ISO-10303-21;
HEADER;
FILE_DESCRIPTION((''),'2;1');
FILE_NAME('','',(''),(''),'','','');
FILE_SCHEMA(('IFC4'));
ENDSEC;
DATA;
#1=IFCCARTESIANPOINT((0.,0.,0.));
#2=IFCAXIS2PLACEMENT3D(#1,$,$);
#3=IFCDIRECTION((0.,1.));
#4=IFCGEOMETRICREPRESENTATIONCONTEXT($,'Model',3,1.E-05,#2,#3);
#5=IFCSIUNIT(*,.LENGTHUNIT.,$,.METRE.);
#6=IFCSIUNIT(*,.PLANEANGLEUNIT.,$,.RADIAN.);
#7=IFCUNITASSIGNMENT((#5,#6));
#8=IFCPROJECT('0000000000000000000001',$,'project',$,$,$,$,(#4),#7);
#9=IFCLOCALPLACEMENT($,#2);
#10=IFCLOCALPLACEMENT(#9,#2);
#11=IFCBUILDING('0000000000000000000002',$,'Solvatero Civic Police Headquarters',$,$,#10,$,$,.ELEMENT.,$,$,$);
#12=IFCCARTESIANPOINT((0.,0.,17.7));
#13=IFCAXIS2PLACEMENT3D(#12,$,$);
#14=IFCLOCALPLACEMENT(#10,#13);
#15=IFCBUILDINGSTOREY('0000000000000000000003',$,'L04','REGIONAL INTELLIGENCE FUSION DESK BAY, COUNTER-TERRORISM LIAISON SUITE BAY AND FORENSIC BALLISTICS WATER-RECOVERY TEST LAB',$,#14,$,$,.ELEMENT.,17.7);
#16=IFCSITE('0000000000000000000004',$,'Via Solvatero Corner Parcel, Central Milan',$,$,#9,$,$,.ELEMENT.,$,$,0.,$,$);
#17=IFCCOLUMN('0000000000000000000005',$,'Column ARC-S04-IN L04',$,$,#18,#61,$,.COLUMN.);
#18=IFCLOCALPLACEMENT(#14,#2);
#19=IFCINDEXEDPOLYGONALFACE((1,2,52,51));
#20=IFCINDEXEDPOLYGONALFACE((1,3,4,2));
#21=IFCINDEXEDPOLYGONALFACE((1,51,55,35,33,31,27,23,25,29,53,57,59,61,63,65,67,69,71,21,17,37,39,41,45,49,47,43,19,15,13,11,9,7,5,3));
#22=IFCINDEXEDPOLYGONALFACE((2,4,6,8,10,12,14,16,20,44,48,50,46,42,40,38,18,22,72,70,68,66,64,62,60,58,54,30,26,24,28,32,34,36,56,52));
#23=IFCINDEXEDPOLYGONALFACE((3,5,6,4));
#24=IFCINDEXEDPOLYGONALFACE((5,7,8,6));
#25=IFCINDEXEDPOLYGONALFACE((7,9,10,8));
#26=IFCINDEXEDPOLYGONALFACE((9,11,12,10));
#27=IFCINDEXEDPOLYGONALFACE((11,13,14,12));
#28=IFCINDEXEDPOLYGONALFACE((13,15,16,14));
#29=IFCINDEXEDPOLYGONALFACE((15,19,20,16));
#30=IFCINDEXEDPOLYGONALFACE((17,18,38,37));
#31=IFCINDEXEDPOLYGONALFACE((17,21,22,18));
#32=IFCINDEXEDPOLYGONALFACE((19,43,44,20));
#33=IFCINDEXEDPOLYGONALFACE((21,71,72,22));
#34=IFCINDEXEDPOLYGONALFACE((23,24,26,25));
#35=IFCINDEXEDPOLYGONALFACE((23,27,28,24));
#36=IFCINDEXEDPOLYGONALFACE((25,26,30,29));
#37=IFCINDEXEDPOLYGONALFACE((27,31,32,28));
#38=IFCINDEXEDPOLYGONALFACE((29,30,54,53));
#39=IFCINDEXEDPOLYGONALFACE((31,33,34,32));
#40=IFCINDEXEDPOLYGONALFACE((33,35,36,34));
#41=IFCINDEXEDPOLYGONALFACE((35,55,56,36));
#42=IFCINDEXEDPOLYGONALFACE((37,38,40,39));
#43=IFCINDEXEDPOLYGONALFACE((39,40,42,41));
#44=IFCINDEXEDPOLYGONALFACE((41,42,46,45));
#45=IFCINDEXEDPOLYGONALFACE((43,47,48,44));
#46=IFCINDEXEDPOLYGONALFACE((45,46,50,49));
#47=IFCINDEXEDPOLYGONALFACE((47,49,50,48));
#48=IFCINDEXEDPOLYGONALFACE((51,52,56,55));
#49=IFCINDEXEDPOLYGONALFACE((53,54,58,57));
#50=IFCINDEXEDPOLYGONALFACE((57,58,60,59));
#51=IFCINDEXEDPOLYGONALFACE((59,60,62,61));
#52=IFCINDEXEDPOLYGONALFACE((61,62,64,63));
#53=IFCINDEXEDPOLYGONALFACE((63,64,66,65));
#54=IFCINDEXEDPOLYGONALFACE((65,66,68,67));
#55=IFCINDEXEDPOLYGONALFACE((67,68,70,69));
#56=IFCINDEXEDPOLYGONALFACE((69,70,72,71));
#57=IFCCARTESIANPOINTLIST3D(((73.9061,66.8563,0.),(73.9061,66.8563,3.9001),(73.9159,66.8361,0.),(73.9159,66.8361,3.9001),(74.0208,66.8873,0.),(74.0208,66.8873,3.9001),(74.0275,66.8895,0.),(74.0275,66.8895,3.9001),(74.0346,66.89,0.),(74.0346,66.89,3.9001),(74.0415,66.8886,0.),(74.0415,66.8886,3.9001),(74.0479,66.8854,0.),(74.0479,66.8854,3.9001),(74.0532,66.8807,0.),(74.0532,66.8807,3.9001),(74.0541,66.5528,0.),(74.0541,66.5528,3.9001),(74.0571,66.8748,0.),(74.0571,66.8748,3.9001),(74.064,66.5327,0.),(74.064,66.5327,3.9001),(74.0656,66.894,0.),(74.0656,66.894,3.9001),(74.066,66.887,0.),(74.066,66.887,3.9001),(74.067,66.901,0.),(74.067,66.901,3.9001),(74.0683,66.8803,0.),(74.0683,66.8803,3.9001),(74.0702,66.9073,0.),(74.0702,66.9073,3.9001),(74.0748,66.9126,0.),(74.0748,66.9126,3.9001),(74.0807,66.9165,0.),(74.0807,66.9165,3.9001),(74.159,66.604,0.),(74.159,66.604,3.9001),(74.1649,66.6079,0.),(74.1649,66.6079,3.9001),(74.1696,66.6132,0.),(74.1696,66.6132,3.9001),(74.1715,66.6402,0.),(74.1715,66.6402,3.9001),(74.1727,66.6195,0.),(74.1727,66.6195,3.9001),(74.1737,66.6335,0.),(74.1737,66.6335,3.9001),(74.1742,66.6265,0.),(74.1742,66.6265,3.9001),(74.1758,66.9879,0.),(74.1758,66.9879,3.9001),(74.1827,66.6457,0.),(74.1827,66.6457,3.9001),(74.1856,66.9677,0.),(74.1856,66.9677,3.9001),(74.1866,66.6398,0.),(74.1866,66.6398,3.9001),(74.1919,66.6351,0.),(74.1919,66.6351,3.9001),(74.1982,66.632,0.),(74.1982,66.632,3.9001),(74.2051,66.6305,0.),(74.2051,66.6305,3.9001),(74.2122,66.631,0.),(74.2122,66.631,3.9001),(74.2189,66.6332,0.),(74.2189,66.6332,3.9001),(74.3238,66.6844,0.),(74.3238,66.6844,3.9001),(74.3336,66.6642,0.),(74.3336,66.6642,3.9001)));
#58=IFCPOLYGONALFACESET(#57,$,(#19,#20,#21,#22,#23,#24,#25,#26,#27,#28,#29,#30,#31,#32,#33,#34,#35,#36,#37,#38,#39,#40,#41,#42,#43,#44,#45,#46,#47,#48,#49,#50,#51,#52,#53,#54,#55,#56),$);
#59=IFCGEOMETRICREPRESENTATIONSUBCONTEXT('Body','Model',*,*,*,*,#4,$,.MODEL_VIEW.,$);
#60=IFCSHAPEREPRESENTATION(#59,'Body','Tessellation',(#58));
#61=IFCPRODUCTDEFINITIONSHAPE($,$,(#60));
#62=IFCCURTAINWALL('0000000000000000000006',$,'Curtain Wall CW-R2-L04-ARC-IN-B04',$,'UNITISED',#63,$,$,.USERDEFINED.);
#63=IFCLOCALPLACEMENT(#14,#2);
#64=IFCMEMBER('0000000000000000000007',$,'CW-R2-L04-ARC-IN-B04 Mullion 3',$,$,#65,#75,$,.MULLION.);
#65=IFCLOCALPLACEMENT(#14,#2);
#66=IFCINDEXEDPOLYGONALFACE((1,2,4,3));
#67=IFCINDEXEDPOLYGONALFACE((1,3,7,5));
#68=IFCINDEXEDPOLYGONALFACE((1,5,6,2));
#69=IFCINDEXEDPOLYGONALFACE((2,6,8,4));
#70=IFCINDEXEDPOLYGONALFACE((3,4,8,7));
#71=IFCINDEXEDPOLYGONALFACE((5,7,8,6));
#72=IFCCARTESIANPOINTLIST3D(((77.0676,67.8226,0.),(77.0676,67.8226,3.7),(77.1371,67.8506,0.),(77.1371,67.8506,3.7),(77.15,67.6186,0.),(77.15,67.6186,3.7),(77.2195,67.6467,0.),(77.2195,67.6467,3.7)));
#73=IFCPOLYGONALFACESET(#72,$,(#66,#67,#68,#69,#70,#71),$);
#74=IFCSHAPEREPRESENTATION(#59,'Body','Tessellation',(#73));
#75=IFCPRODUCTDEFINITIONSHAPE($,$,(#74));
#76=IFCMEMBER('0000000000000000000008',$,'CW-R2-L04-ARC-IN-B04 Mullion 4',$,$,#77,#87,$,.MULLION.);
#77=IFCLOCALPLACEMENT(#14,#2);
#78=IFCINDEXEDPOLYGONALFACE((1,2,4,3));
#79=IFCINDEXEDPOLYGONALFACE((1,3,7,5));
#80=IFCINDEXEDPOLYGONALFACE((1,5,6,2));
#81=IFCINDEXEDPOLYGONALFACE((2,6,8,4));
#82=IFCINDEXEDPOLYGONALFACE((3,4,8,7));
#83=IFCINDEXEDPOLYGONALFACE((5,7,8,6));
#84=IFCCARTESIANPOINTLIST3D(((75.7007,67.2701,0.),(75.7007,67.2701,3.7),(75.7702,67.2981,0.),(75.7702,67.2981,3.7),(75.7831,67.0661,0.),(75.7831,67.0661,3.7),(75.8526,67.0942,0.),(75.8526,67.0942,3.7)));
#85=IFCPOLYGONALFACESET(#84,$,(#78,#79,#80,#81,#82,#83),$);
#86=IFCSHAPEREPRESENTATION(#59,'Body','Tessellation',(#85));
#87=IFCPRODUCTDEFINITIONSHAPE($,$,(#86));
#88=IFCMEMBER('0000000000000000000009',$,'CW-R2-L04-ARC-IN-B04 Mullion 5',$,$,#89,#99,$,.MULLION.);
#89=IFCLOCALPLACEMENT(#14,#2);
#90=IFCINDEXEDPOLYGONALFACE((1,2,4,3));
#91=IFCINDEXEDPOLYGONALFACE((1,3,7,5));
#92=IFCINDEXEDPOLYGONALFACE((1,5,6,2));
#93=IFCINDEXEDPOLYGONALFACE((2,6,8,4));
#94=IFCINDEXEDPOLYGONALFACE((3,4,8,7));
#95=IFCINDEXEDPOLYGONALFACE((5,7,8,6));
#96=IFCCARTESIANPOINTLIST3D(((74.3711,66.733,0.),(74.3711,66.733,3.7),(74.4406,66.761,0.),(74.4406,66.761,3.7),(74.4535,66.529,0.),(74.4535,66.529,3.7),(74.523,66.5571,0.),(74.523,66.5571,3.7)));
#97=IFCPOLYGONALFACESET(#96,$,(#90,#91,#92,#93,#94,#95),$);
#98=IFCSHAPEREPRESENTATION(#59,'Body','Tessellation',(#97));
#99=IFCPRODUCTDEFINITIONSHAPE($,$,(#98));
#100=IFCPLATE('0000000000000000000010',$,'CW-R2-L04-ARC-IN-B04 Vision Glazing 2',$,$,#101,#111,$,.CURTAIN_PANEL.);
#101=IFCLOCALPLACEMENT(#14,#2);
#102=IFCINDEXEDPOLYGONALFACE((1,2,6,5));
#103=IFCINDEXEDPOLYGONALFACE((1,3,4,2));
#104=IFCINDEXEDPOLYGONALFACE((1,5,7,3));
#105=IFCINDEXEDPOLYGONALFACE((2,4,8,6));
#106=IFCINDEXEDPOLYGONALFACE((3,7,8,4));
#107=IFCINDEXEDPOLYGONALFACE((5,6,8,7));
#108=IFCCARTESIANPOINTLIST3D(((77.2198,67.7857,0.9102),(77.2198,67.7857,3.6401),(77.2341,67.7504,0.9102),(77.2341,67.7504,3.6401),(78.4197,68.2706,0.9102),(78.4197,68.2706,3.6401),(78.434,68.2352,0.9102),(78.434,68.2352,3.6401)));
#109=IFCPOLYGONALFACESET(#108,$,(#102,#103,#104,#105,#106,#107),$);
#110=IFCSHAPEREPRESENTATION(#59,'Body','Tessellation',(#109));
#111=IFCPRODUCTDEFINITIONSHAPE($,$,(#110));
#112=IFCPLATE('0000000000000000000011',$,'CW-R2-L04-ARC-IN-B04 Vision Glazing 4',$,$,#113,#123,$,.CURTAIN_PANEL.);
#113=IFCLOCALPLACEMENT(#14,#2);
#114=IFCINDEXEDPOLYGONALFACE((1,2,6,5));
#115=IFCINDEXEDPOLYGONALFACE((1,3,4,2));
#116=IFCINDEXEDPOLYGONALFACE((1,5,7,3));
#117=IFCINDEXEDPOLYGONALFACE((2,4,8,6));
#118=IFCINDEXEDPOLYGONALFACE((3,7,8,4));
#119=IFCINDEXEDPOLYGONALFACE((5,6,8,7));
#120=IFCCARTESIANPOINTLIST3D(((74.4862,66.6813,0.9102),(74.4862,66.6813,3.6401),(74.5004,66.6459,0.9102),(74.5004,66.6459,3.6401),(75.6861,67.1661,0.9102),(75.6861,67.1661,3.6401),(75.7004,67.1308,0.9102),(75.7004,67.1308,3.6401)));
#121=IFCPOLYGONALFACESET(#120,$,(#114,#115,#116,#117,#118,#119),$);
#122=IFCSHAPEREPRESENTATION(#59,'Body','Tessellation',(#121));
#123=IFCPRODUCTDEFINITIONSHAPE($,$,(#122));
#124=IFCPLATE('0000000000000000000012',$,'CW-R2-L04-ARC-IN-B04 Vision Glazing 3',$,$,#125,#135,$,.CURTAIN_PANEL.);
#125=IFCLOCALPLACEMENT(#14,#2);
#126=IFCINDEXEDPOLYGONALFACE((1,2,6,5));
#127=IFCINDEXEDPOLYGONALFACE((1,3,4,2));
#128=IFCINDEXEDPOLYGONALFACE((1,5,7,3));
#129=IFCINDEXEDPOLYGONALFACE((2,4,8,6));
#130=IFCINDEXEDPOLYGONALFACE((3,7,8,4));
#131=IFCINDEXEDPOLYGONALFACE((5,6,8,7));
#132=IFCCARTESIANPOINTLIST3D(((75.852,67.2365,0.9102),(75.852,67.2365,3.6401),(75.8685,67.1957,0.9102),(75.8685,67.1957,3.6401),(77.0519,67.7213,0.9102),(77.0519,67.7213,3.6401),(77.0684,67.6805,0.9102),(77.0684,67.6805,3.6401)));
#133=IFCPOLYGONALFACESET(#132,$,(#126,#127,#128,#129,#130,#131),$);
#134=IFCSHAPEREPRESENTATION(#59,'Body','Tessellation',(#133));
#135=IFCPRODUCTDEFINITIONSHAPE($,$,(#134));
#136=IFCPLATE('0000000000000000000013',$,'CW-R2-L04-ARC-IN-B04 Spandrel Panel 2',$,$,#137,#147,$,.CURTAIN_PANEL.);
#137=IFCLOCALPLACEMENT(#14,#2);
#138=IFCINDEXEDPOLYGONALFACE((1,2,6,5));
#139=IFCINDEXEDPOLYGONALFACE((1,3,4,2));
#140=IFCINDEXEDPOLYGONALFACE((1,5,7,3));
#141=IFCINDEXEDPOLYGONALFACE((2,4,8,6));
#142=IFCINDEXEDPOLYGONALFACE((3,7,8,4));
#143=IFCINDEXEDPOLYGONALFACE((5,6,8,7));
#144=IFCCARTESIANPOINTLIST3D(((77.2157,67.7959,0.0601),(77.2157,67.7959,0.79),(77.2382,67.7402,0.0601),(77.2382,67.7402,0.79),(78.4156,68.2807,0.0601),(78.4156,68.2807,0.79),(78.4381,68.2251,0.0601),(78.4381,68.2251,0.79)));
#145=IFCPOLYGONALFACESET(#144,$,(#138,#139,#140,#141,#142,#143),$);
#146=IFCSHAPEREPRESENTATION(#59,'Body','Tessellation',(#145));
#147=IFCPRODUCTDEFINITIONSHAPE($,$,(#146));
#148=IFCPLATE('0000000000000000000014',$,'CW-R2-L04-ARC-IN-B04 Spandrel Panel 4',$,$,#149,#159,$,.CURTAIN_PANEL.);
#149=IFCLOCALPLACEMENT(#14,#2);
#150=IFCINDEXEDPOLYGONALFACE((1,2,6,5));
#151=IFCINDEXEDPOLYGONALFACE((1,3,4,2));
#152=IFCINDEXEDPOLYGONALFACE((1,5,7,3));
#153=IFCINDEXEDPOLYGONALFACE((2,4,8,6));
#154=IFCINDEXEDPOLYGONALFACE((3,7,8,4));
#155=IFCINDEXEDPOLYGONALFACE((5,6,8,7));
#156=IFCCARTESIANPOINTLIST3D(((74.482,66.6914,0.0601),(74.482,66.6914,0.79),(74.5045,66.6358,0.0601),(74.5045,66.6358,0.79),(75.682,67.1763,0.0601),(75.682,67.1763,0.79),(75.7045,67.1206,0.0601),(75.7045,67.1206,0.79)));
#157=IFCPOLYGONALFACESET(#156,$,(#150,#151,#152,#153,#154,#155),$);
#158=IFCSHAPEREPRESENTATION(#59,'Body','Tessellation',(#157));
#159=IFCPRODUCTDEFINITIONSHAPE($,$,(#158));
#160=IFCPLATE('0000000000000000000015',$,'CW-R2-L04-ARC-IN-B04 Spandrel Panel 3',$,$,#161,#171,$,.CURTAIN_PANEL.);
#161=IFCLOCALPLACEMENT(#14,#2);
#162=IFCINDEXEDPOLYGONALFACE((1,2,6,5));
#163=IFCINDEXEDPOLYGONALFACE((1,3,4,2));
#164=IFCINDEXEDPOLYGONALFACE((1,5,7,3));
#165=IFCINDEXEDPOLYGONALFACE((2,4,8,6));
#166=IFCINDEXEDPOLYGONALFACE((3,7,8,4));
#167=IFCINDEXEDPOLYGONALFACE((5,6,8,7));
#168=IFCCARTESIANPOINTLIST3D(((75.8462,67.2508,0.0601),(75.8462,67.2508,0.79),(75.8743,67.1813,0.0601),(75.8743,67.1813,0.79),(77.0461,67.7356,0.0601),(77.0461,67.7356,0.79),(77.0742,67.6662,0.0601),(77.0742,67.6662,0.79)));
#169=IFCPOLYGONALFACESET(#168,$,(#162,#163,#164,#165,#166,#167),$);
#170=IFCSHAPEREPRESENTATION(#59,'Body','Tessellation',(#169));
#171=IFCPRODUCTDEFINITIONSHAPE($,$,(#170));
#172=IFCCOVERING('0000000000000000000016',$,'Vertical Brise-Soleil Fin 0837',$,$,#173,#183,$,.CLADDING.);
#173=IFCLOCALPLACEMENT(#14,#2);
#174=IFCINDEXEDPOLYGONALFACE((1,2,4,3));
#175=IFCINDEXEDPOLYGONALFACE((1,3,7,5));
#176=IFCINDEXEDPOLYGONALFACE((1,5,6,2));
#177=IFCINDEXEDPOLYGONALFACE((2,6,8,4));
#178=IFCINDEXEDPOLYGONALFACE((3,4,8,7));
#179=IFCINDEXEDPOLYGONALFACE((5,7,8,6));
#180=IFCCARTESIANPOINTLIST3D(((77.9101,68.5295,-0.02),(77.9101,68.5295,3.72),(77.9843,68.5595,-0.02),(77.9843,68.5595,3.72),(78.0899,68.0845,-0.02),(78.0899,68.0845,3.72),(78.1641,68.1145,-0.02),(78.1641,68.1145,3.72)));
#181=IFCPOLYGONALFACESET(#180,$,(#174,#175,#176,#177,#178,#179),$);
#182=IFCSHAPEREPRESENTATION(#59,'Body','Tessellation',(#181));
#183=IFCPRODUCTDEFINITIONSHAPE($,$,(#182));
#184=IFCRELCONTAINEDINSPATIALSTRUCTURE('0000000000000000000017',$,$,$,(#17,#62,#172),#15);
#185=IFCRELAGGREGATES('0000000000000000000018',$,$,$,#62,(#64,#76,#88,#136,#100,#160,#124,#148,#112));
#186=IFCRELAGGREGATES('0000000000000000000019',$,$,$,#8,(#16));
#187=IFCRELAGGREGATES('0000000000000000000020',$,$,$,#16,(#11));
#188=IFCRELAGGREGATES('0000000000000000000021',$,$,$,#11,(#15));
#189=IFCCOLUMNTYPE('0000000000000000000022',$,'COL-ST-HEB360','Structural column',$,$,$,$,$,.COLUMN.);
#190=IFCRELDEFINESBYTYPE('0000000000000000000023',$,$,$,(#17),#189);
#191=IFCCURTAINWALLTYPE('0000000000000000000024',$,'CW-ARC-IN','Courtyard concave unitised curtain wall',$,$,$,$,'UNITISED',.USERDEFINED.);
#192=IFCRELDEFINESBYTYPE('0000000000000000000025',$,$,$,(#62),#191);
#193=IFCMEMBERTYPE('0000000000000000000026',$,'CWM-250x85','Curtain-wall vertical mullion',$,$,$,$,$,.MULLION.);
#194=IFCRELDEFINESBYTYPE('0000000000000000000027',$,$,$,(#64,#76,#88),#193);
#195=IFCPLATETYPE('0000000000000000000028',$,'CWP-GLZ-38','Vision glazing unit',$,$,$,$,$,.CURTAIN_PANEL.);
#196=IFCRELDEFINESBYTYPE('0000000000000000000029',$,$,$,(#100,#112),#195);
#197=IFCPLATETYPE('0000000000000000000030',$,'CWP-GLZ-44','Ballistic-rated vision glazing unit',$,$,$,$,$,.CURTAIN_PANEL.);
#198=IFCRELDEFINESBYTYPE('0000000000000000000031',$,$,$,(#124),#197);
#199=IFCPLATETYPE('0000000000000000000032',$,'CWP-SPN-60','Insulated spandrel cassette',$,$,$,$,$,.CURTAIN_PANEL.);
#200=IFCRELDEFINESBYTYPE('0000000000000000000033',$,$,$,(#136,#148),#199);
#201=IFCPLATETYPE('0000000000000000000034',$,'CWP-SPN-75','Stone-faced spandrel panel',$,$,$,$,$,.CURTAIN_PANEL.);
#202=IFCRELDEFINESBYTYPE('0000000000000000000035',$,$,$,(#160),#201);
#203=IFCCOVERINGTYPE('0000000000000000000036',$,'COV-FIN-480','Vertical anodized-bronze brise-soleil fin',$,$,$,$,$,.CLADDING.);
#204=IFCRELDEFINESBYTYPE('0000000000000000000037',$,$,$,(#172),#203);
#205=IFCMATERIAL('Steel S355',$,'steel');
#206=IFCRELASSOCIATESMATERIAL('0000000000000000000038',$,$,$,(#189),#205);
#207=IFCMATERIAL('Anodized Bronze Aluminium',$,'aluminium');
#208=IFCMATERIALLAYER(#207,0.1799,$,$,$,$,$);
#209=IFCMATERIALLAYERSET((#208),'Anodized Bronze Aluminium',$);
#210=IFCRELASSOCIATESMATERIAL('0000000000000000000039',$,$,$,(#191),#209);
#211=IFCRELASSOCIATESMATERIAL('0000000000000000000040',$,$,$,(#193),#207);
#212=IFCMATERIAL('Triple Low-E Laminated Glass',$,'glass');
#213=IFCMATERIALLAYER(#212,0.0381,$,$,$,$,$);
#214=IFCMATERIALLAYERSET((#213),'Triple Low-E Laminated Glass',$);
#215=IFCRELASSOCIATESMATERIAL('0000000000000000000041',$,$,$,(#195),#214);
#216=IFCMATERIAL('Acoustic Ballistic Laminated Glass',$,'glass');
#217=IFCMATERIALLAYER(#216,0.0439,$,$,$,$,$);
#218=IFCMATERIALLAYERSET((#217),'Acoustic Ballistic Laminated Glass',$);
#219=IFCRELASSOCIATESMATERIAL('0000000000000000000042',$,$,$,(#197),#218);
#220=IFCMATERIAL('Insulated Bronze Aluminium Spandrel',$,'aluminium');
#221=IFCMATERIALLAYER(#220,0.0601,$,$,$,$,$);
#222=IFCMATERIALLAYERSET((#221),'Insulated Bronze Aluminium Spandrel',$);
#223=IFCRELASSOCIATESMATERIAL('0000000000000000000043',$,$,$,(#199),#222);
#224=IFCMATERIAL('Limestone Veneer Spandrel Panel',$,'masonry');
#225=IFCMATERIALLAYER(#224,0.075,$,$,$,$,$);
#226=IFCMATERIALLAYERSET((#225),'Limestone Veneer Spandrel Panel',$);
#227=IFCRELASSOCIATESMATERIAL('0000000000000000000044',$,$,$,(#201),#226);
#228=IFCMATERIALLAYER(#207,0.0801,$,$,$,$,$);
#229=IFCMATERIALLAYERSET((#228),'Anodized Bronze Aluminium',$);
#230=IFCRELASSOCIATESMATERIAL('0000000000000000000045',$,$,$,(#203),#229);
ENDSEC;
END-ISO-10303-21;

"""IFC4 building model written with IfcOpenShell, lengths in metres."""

from ifc_helpers import new_model, si_unit, direction, frame, origin, origin_2d, place, context, subcontext, project, spatial, rectangle, i_section, extrude, material, layer, layer_set, material_profile, profile_set, type_object, element, aggregate, save


model = new_model("IFC4")

# Units and contexts
model_context = context("Model", 3, precision=1e-05, world=origin(), true_north=direction((0.0, 1.0)))
body_context = subcontext(model_context, "Body", "Model", "MODEL_VIEW")
ifc_project = project(units=[si_unit("LENGTHUNIT", "METRE"), si_unit("PLANEANGLEUNIT", "RADIAN")], contexts=[model_context])

# Site, building, storey
site_placement = place(None, origin())
site = spatial("IfcSite", under=ifc_project, at=site_placement, Name="Via Solvatero Corner Parcel, Central Milan", CompositionType="ELEMENT", RefElevation=0.0)
building_placement = place(site_placement, origin())
building = spatial("IfcBuilding", under=site, at=building_placement, Name="Solvatero Civic Police Headquarters", CompositionType="ELEMENT")
storey_placement = place(building_placement, frame((0.0, 0.0, 17.7)))
storey = spatial("IfcBuildingStorey", under=building, at=storey_placement, Name="L04", Description="REGIONAL INTELLIGENCE FUSION DESK BAY, COUNTER-TERRORISM LIAISON SUITE BAY AND FORENSIC BALLISTICS WATER-RECOVERY TEST LAB", CompositionType="ELEMENT", Elevation=17.7)

# Column
ifc_material_1 = material(Name="Steel S355", Category="steel")
ifc_material_profile_1 = material_profile(ifc_material_1, i_section(OverallWidth=0.3, OverallDepth=0.3601, WebThickness=0.0125, FlangeThickness=0.0225, FilletRadius=0.0271, at=origin_2d()), Name="HEB 360")
ifc_profile_set_1 = profile_set([ifc_material_profile_1], Name="Steel S355")
column_type = type_object("IfcColumnType", Name="COL-ST-HEB360", Description="Structural column", PredefinedType="COLUMN", material=ifc_profile_set_1)
column_placement = place(storey_placement, frame((74.1199, 66.7603, 0.0), z_axis=(0.0, 0.0, 1.0), x_axis=(0.898794, 0.438371, 0.0)))
element("IfcColumn", 1, at=column_placement, inside=storey, type_object=column_type, Name="Column ARC-S04-IN L04", PredefinedType="COLUMN", context=body_context, shape_type="SweptSolid", body=[
    extrude(i_section(OverallWidth=0.3, OverallDepth=0.3601, WebThickness=0.0125, FlangeThickness=0.0225, FilletRadius=0.0271, at=origin_2d()), origin(), (0.0, 0.0, 1.0), 3.9001),
])

# Curtain wall, members, plates
ifc_material_2 = material(Name="Anodized Bronze Aluminium", Category="aluminium")
ifc_layer_1 = layer(ifc_material_2, 0.1799)
ifc_layer_set_1 = layer_set([ifc_layer_1], Name="Anodized Bronze Aluminium")
curtain_wall_type = type_object("IfcCurtainWallType", Name="CW-ARC-IN", Description="Courtyard concave unitised curtain wall", ElementType="UNITISED", PredefinedType="USERDEFINED", material=ifc_layer_set_1)
curtain_wall_placement = place(storey_placement, origin())
curtain_wall = element("IfcCurtainWall", 2, at=curtain_wall_placement, inside=storey, type_object=curtain_wall_type, Name="Curtain Wall CW-R2-L04-ARC-IN-B04", ObjectType="UNITISED", PredefinedType="USERDEFINED")
ifc_material_profile_2 = material_profile(ifc_material_2, rectangle(XDim=0.075, YDim=0.22, at=origin_2d()), Name="ALU MULLION 75x220")
ifc_profile_set_2 = profile_set([ifc_material_profile_2], Name="Anodized Bronze Aluminium")
member_type = type_object("IfcMemberType", Name="CWM-250x85", Description="Curtain-wall vertical mullion", PredefinedType="MULLION", material=ifc_profile_set_2)
member_1_placement = place(storey_placement, frame((77.1436, 67.7346, 0.0), z_axis=(0.0, 0.0, 1.0), x_axis=(-0.927184, -0.374607, 0.0)))
member_1 = element("IfcMember", 3, at=member_1_placement, type_object=member_type, Name="CW-R2-L04-ARC-IN-B04 Mullion 3", PredefinedType="MULLION", context=body_context, shape_type="SweptSolid", body=[
    extrude(rectangle(XDim=0.075, YDim=0.22, at=origin_2d()), origin(), (0.0, 0.0, 1.0), 3.7),
])
member_2_placement = place(storey_placement, frame((75.7766, 67.1821, 0.0), z_axis=(0.0, 0.0, 1.0), x_axis=(-0.927184, -0.374607, 0.0)))
member_2 = element("IfcMember", 4, at=member_2_placement, type_object=member_type, Name="CW-R2-L04-ARC-IN-B04 Mullion 4", PredefinedType="MULLION", context=body_context, shape_type="SweptSolid", body=[
    extrude(rectangle(XDim=0.075, YDim=0.22, at=origin_2d()), origin(), (0.0, 0.0, 1.0), 3.7),
])
member_3_placement = place(storey_placement, frame((74.447, 66.645, 0.0), z_axis=(0.0, 0.0, 1.0), x_axis=(-0.927184, -0.374607, 0.0)))
member_3 = element("IfcMember", 5, at=member_3_placement, type_object=member_type, Name="CW-R2-L04-ARC-IN-B04 Mullion 5", PredefinedType="MULLION", context=body_context, shape_type="SweptSolid", body=[
    extrude(rectangle(XDim=0.075, YDim=0.22, at=origin_2d()), origin(), (0.0, 0.0, 1.0), 3.7),
])
ifc_material_3 = material(Name="Triple Low-E Laminated Glass", Category="glass")
ifc_layer_2 = layer(ifc_material_3, 0.0381)
ifc_layer_set_2 = layer_set([ifc_layer_2], Name="Triple Low-E Laminated Glass")
plate_type_1 = type_object("IfcPlateType", Name="CWP-GLZ-38", Description="Vision glazing unit", PredefinedType="CURTAIN_PANEL", material=ifc_layer_set_2)
plate_1_placement = place(storey_placement, frame((77.8269, 68.0105, 0.9102), z_axis=(0.0, 0.0, 1.0), x_axis=(-0.927184, -0.374607, 0.0)))
plate_1 = element("IfcPlate", 6, at=plate_1_placement, type_object=plate_type_1, Name="CW-R2-L04-ARC-IN-B04 Vision Glazing 2", PredefinedType="CURTAIN_PANEL", context=body_context, shape_type="SweptSolid", body=[
    extrude(rectangle(XDim=1.2942, YDim=0.0381, at=origin_2d()), origin(), (0.0, 0.0, 1.0), 2.73),
])
plate_2_placement = place(storey_placement, frame((75.0933, 66.906, 0.9102), z_axis=(0.0, 0.0, 1.0), x_axis=(-0.927184, -0.374607, 0.0)))
plate_2 = element("IfcPlate", 7, at=plate_2_placement, type_object=plate_type_1, Name="CW-R2-L04-ARC-IN-B04 Vision Glazing 4", PredefinedType="CURTAIN_PANEL", context=body_context, shape_type="SweptSolid", body=[
    extrude(rectangle(XDim=1.2942, YDim=0.0381, at=origin_2d()), origin(), (0.0, 0.0, 1.0), 2.73),
])
ifc_material_4 = material(Name="Acoustic Ballistic Laminated Glass", Category="glass")
ifc_layer_3 = layer(ifc_material_4, 0.0439)
ifc_layer_set_3 = layer_set([ifc_layer_3], Name="Acoustic Ballistic Laminated Glass")
plate_type_2 = type_object("IfcPlateType", Name="CWP-GLZ-44", Description="Ballistic-rated vision glazing unit", PredefinedType="CURTAIN_PANEL", material=ifc_layer_set_3)
plate_3_placement = place(storey_placement, frame((76.4602, 67.4585, 0.9102), z_axis=(0.0, 0.0, 1.0), x_axis=(-0.927184, -0.374607, 0.0)))
plate_3 = element("IfcPlate", 8, at=plate_3_placement, type_object=plate_type_2, Name="CW-R2-L04-ARC-IN-B04 Vision Glazing 3", PredefinedType="CURTAIN_PANEL", context=body_context, shape_type="SweptSolid", body=[
    extrude(rectangle(XDim=1.2942, YDim=0.0439, at=origin_2d()), origin(), (0.0, 0.0, 1.0), 2.73),
])
ifc_material_5 = material(Name="Insulated Bronze Aluminium Spandrel", Category="aluminium")
ifc_layer_4 = layer(ifc_material_5, 0.0601)
ifc_layer_set_4 = layer_set([ifc_layer_4], Name="Insulated Bronze Aluminium Spandrel")
plate_type_3 = type_object("IfcPlateType", Name="CWP-SPN-60", Description="Insulated spandrel cassette", PredefinedType="CURTAIN_PANEL", material=ifc_layer_set_4)
plate_4_placement = place(storey_placement, frame((77.8269, 68.0105, 0.0601), z_axis=(0.0, 0.0, 1.0), x_axis=(-0.927184, -0.374607, 0.0)))
plate_4 = element("IfcPlate", 9, at=plate_4_placement, type_object=plate_type_3, Name="CW-R2-L04-ARC-IN-B04 Spandrel Panel 2", PredefinedType="CURTAIN_PANEL", context=body_context, shape_type="SweptSolid", body=[
    extrude(rectangle(XDim=1.2942, YDim=0.0601, at=origin_2d()), origin(), (0.0, 0.0, 1.0), 0.73),
])
plate_5_placement = place(storey_placement, frame((75.0933, 66.906, 0.0601), z_axis=(0.0, 0.0, 1.0), x_axis=(-0.927184, -0.374607, 0.0)))
plate_5 = element("IfcPlate", 10, at=plate_5_placement, type_object=plate_type_3, Name="CW-R2-L04-ARC-IN-B04 Spandrel Panel 4", PredefinedType="CURTAIN_PANEL", context=body_context, shape_type="SweptSolid", body=[
    extrude(rectangle(XDim=1.2942, YDim=0.0601, at=origin_2d()), origin(), (0.0, 0.0, 1.0), 0.73),
])
ifc_material_6 = material(Name="Limestone Veneer Spandrel Panel", Category="masonry")
ifc_layer_5 = layer(ifc_material_6, 0.075)
ifc_layer_set_5 = layer_set([ifc_layer_5], Name="Limestone Veneer Spandrel Panel")
plate_type_4 = type_object("IfcPlateType", Name="CWP-SPN-75", Description="Stone-faced spandrel panel", PredefinedType="CURTAIN_PANEL", material=ifc_layer_set_5)
plate_6_placement = place(storey_placement, frame((76.4602, 67.4585, 0.0601), z_axis=(0.0, 0.0, 1.0), x_axis=(-0.927184, -0.374607, 0.0)))
plate_6 = element("IfcPlate", 11, at=plate_6_placement, type_object=plate_type_4, Name="CW-R2-L04-ARC-IN-B04 Spandrel Panel 3", PredefinedType="CURTAIN_PANEL", context=body_context, shape_type="SweptSolid", body=[
    extrude(rectangle(XDim=1.2942, YDim=0.075, at=origin_2d()), origin(), (0.0, 0.0, 1.0), 0.73),
])
aggregate(curtain_wall, [member_1, member_2, member_3, plate_4, plate_1, plate_6, plate_3, plate_5, plate_2])

# Covering
ifc_layer_6 = layer(ifc_material_2, 0.0801)
ifc_layer_set_6 = layer_set([ifc_layer_6], Name="Anodized Bronze Aluminium")
covering_type = type_object("IfcCoveringType", Name="COV-FIN-480", Description="Vertical anodized-bronze brise-soleil fin", PredefinedType="CLADDING", material=ifc_layer_set_6)
for number, where, z_axis, x_axis, name in (
    (12, (78.0371, 68.322, -0.02), (0.0, 0.0, 1.0), (-0.927184, -0.374607, 0.0), "Vertical Brise-Soleil Fin 0837"),
):
    element("IfcCovering", number, at=place(storey_placement, frame(where, z_axis=z_axis, x_axis=x_axis)), inside=storey, type_object=covering_type, Name=name, PredefinedType="CLADDING", context=body_context, shape_type="SweptSolid", body=[
        extrude(rectangle(XDim=0.0801, YDim=0.48, at=origin_2d()), origin(), (0.0, 0.0, 1.0), 3.74),
    ])

save(model, "model.ifc")
